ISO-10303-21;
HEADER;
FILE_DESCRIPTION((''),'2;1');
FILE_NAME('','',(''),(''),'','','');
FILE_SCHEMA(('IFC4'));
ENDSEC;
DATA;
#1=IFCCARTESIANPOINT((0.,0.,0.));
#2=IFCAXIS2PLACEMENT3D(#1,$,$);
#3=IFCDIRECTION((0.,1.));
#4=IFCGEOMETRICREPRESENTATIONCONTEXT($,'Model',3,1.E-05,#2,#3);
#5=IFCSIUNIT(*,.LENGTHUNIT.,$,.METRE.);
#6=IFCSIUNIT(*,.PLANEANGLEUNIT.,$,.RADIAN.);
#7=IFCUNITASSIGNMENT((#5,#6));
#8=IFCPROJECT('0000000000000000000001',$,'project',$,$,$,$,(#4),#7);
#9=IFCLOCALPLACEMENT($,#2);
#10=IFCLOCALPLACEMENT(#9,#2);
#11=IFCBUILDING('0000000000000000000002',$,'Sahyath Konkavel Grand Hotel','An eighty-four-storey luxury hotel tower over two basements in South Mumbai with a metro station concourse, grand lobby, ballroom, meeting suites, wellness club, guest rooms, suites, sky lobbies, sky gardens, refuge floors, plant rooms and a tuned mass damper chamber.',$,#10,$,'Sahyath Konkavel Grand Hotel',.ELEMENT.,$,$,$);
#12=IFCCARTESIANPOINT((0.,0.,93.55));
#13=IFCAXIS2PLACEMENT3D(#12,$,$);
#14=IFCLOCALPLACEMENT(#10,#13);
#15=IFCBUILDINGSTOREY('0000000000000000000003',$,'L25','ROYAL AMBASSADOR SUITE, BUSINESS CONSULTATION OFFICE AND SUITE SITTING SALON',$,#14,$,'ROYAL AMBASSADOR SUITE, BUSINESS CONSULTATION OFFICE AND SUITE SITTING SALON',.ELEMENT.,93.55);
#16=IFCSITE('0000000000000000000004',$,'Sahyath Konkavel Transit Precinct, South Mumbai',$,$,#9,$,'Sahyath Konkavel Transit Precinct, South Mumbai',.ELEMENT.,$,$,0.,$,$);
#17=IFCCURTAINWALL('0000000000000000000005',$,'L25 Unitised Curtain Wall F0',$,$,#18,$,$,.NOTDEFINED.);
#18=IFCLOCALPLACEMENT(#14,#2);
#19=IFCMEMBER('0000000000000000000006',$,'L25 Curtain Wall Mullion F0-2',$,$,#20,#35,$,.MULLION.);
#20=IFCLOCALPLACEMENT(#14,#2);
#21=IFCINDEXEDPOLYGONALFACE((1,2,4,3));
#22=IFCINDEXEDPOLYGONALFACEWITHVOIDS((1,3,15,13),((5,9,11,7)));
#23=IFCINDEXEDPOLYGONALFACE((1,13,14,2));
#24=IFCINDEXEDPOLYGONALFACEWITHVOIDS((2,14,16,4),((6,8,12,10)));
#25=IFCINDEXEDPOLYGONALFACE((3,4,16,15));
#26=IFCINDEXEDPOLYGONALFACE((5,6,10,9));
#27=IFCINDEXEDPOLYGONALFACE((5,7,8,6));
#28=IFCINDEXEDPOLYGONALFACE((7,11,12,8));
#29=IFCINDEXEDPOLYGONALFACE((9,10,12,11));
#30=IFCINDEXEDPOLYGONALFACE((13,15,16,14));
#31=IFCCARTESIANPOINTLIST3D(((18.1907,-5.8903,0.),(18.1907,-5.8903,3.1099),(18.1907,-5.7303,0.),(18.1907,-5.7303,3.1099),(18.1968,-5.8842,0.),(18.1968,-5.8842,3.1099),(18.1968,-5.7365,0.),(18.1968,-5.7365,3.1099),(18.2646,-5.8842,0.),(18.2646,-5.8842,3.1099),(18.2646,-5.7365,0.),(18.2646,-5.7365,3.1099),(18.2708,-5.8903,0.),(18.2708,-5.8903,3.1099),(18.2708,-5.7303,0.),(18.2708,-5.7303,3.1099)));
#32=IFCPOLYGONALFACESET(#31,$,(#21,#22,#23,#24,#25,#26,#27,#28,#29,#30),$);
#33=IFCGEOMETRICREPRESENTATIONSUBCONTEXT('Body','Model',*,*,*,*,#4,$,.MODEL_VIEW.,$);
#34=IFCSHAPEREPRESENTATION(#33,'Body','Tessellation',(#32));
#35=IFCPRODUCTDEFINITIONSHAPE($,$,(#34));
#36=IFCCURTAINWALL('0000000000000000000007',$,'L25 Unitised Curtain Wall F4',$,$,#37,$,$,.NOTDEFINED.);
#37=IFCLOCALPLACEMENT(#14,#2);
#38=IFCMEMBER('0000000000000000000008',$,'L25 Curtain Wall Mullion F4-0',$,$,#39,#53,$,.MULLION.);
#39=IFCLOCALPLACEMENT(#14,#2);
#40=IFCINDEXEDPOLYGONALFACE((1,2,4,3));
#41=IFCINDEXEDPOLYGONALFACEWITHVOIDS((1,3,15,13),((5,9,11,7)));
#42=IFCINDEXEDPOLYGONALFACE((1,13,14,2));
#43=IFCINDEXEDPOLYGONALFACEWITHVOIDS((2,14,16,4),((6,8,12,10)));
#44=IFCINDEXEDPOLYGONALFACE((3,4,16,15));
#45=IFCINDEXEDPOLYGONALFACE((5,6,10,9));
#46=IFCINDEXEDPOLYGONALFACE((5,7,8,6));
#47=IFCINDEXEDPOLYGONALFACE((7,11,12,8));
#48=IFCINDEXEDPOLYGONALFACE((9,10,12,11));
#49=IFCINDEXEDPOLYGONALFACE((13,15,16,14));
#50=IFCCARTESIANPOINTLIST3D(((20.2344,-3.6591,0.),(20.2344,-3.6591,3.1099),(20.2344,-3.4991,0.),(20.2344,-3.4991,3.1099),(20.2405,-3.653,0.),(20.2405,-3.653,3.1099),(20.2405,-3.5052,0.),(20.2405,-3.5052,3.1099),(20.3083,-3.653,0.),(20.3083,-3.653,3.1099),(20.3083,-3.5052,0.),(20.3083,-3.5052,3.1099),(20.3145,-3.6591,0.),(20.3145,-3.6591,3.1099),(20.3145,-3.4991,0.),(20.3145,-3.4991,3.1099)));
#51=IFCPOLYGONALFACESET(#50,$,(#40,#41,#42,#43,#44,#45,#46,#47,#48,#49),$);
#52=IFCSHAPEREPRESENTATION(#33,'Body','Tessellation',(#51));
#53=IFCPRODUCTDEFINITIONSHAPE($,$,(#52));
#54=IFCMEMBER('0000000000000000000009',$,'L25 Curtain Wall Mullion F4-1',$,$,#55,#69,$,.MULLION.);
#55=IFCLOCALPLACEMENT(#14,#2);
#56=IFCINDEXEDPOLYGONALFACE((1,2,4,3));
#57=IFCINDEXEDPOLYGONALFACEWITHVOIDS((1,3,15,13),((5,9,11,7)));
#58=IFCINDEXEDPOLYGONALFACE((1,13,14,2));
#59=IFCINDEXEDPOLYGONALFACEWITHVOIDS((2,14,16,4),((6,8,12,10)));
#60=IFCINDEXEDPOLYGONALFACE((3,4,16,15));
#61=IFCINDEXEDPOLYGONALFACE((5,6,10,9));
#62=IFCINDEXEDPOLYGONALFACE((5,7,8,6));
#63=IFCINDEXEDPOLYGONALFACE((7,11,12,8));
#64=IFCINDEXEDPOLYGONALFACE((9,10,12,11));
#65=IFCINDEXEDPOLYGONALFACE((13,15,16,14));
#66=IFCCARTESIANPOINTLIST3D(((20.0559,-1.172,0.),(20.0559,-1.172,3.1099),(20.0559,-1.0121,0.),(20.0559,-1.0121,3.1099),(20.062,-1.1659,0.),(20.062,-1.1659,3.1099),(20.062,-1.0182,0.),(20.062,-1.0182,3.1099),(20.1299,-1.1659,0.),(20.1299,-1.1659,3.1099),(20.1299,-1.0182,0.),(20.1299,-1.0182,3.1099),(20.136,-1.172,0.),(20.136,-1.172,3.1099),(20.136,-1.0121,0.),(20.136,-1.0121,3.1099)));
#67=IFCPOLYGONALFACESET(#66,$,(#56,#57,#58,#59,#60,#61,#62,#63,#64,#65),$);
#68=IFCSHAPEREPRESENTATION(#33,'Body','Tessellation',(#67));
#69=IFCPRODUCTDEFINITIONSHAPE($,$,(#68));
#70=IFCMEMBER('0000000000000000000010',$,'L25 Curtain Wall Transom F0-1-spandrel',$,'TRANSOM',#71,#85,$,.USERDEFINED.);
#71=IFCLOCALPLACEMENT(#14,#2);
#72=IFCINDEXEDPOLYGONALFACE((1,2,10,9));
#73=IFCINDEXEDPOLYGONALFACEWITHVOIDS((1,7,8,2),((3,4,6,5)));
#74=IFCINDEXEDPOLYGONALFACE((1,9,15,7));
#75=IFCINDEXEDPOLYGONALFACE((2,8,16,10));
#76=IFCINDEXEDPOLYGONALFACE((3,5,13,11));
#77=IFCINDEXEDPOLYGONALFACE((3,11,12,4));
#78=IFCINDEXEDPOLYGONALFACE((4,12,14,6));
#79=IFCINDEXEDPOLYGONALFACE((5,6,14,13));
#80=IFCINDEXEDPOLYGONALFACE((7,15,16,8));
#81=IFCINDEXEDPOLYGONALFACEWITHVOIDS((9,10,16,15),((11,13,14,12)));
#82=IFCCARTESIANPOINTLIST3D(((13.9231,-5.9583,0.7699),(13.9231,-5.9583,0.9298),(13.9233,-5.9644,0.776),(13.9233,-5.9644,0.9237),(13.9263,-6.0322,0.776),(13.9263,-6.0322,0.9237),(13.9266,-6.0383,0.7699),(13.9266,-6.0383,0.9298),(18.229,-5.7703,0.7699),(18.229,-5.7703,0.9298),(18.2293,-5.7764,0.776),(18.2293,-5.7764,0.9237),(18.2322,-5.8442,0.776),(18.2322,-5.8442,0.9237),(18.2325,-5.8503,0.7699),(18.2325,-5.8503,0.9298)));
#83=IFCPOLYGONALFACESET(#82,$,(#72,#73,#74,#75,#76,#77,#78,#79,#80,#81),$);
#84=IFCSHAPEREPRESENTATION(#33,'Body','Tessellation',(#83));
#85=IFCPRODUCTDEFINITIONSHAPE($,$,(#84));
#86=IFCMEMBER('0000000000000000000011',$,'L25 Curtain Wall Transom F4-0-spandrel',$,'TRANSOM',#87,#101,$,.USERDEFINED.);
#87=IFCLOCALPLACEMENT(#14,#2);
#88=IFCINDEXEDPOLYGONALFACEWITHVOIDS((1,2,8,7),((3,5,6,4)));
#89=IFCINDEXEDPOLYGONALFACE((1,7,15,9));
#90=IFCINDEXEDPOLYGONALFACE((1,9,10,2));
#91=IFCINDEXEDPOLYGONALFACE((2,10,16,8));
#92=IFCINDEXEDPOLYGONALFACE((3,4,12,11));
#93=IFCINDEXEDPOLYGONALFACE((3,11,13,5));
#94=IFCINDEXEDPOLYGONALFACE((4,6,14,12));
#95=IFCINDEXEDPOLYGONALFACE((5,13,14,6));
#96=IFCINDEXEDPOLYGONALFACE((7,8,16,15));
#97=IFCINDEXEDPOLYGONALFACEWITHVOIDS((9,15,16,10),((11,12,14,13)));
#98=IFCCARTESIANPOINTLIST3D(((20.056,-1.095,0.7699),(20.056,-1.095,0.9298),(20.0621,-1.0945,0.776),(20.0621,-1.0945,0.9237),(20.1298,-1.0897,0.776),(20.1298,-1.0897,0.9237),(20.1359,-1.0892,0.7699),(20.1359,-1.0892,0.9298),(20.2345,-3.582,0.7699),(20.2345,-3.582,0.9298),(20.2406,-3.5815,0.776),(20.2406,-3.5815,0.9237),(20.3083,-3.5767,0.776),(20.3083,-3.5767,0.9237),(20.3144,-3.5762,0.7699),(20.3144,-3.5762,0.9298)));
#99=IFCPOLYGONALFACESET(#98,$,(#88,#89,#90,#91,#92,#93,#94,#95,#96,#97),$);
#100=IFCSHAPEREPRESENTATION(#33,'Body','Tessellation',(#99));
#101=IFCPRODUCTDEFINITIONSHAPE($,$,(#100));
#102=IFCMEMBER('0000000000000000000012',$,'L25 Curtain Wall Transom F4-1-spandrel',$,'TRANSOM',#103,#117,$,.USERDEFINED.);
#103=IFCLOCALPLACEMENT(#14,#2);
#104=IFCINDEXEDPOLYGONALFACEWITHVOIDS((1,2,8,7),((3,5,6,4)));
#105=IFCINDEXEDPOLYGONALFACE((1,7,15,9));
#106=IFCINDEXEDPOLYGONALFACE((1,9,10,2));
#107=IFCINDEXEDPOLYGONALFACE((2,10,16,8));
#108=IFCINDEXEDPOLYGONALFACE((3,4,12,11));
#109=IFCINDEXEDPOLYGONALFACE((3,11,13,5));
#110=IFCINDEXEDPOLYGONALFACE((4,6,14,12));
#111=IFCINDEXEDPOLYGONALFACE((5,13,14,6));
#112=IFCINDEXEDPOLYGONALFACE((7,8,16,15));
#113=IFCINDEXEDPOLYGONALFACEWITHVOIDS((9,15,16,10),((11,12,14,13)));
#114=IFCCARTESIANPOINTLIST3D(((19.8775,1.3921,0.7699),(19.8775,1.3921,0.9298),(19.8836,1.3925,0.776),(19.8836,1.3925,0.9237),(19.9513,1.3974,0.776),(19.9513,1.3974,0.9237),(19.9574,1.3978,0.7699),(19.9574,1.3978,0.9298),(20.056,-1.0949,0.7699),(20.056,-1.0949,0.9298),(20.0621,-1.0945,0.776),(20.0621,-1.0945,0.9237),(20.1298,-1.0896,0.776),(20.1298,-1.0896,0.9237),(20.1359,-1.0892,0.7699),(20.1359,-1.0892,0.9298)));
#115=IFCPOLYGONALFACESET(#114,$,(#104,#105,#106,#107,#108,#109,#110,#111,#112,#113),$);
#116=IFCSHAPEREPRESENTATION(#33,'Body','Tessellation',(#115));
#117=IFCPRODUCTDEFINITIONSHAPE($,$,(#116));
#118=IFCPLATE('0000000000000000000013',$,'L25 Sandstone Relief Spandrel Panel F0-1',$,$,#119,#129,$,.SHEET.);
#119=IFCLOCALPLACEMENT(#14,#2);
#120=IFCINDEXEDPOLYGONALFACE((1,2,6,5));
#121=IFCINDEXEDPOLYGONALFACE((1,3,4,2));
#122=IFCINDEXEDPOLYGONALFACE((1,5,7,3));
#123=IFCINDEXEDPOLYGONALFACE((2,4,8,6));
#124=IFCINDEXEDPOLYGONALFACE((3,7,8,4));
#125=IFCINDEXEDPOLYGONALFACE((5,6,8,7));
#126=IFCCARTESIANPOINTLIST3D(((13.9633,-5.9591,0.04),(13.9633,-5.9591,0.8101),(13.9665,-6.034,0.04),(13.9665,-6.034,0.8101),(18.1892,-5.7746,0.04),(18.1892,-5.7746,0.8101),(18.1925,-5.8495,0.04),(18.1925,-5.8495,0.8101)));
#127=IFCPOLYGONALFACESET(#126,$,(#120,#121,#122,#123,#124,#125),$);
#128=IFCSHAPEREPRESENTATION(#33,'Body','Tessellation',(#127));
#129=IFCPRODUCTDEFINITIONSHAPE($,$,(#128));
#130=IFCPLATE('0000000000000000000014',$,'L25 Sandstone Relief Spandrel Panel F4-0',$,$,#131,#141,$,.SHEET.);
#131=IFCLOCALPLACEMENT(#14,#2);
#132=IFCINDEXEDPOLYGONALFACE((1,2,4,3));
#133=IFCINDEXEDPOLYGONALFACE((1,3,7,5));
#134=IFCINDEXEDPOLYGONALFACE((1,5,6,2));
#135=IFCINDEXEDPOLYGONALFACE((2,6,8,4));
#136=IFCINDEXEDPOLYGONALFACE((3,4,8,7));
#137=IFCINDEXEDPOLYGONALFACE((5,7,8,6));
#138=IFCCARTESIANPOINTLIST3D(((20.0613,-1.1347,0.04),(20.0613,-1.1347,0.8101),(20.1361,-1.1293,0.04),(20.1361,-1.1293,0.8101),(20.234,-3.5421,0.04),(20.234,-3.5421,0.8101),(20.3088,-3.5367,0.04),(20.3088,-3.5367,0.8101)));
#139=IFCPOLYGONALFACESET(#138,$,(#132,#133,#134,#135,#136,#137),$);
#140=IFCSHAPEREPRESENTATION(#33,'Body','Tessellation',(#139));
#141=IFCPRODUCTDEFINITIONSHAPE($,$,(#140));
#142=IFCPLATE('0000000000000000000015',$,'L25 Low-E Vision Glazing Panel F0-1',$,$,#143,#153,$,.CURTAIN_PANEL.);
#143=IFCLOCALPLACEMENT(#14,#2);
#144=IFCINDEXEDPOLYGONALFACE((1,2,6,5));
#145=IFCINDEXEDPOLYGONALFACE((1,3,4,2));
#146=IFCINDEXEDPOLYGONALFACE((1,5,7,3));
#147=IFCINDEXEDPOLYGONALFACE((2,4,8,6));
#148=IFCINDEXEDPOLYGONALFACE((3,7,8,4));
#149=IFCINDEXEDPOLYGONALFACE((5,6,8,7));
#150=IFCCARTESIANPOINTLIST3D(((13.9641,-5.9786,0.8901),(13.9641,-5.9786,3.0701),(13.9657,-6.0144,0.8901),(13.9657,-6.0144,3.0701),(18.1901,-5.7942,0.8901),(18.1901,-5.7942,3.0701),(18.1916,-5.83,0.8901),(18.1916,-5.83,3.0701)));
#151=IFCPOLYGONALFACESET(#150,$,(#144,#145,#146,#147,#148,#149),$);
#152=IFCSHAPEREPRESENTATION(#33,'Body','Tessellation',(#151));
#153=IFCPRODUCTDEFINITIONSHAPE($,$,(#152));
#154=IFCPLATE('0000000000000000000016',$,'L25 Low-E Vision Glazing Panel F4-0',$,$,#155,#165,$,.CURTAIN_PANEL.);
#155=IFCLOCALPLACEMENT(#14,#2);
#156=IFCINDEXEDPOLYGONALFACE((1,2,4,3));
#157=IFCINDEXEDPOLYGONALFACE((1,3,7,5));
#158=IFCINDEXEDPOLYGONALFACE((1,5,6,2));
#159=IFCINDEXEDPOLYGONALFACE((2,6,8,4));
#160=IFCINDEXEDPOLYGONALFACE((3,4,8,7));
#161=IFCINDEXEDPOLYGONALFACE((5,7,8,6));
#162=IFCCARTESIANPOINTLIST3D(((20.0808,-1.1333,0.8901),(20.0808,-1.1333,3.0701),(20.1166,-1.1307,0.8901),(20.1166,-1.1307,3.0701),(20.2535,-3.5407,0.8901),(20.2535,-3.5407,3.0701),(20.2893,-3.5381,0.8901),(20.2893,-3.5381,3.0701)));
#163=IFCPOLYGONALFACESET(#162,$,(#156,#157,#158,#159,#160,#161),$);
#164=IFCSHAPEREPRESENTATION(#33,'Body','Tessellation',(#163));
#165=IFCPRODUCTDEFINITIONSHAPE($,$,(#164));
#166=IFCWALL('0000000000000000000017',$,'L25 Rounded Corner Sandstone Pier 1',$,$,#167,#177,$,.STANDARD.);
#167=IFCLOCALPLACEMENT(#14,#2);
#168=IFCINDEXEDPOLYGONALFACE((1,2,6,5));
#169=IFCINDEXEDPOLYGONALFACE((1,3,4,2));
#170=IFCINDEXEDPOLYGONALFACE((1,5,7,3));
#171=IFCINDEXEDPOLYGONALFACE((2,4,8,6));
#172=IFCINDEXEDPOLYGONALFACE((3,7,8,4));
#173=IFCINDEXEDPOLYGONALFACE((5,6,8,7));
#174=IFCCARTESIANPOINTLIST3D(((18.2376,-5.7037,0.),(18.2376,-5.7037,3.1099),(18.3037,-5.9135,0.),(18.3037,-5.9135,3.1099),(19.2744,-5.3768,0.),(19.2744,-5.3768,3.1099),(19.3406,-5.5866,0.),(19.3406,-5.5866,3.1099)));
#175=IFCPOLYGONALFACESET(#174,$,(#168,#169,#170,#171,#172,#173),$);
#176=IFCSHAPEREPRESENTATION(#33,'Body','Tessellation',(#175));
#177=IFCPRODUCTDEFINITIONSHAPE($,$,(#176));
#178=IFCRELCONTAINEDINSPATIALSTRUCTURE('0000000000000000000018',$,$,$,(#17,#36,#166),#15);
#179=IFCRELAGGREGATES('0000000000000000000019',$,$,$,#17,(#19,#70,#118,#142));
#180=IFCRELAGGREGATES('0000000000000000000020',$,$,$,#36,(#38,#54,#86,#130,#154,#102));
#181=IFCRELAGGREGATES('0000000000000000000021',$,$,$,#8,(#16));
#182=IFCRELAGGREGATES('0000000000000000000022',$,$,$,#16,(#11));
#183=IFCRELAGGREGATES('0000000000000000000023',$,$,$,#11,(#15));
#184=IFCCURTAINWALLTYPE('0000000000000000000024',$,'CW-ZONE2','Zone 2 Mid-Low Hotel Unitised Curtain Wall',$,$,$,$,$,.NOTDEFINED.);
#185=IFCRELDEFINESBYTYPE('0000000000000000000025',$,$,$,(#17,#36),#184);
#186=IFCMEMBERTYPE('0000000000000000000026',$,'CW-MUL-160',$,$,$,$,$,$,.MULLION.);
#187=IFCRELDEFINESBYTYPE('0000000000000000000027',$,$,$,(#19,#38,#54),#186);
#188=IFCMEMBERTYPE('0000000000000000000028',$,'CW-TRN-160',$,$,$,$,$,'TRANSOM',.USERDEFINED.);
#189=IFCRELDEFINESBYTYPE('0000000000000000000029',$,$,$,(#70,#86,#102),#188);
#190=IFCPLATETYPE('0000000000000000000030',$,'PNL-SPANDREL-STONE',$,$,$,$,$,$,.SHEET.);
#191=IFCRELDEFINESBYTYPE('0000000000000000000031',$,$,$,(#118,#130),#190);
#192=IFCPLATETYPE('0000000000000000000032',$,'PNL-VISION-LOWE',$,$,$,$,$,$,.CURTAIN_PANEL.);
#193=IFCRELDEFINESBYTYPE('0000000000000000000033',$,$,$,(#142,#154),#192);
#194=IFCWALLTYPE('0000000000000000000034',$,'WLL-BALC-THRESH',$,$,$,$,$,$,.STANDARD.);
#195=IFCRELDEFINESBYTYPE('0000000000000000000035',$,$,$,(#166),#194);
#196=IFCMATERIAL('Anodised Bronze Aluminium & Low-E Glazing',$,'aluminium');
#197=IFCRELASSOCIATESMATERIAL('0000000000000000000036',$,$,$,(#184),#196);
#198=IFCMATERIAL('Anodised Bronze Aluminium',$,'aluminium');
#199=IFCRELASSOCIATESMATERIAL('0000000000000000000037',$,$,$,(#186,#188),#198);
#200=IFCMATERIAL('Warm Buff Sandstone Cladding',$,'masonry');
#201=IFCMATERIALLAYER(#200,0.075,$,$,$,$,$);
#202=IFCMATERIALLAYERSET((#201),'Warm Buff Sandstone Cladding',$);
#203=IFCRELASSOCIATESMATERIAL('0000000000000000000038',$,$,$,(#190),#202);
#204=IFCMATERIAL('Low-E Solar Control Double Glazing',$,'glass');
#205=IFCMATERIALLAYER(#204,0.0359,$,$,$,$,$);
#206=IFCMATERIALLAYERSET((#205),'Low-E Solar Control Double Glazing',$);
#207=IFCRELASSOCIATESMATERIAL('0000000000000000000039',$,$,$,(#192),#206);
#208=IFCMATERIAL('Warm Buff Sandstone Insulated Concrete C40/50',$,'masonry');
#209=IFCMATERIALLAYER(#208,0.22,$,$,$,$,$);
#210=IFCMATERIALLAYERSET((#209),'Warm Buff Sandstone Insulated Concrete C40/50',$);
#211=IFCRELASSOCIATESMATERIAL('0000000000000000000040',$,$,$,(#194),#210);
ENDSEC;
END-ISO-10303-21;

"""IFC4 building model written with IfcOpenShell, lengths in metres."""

from ifc_helpers import new_model, si_unit, direction, frame, frame_2d, origin, origin_2d, place, context, subcontext, project, spatial, rectangle, hollow_rectangle, extrude, source, transform, mapped, material, layer, layer_set, material_profile, profile_set, type_object, element, aggregate, save


model = new_model("IFC4")

# Units and contexts
model_context = context("Model", 3, precision=1e-05, world=origin(), true_north=direction((0.0, 1.0)))
body_context = subcontext(model_context, "Body", "Model", "MODEL_VIEW")
ifc_project = project(units=[si_unit("LENGTHUNIT", "METRE"), si_unit("PLANEANGLEUNIT", "RADIAN")], contexts=[model_context])

# Site, building, storey
site_placement = place(None, origin())
site = spatial("IfcSite", under=ifc_project, at=site_placement, Name="Sahyath Konkavel Transit Precinct, South Mumbai", LongName="Sahyath Konkavel Transit Precinct, South Mumbai", CompositionType="ELEMENT", RefElevation=0.0)
building_placement = place(site_placement, origin())
building = spatial("IfcBuilding", under=site, at=building_placement, Name="Sahyath Konkavel Grand Hotel", Description="An eighty-four-storey luxury hotel tower over two basements in South Mumbai with a metro station concourse, grand lobby, ballroom, meeting suites, wellness club, guest rooms, suites, sky lobbies, sky gardens, refuge floors, plant rooms and a tuned mass damper chamber.", LongName="Sahyath Konkavel Grand Hotel", CompositionType="ELEMENT")
storey_placement = place(building_placement, frame((0.0, 0.0, 93.55)))
storey = spatial("IfcBuildingStorey", under=building, at=storey_placement, Name="L25", Description="ROYAL AMBASSADOR SUITE, BUSINESS CONSULTATION OFFICE AND SUITE SITTING SALON", LongName="ROYAL AMBASSADOR SUITE, BUSINESS CONSULTATION OFFICE AND SUITE SITTING SALON", CompositionType="ELEMENT", Elevation=93.55)

# Curtain walls, members
ifc_material_1 = material(Name="Anodised Bronze Aluminium & Low-E Glazing", Category="aluminium")
curtain_wall_type = type_object("IfcCurtainWallType", Name="CW-ZONE2", Description="Zone 2 Mid-Low Hotel Unitised Curtain Wall", PredefinedType="NOTDEFINED", material=ifc_material_1)
curtain_wall_1_placement = place(storey_placement, origin())
curtain_wall_1 = element("IfcCurtainWall", 1, at=curtain_wall_1_placement, inside=storey, type_object=curtain_wall_type, Name="L25 Unitised Curtain Wall F0", PredefinedType="NOTDEFINED")
ifc_material_2 = material(Name="Anodised Bronze Aluminium", Category="aluminium")
ifc_material_profile_1 = material_profile(ifc_material_2, hollow_rectangle(XDim=0.0801, YDim=0.1599, WallThickness=0.0061, at=origin_2d()), Name="RHS 160x80x6")
ifc_profile_set_1 = profile_set([ifc_material_profile_1], Name="Anodised Bronze Aluminium")
member_type_1 = type_object("IfcMemberType", Name="CW-MUL-160", PredefinedType="MULLION", material=ifc_profile_set_1)
shared_shape_1 = source(origin(), body_context, "Body", "SweptSolid", [
    extrude(hollow_rectangle(XDim=0.0801, YDim=0.1599, WallThickness=0.0061, at=origin_2d()), origin(), (0.0, 0.0, 1.0), 3.1099),
])
member_1_placement = place(storey_placement, frame((18.2307, -5.8103, 0.0), z_axis=(0.0, 0.0, 1.0), x_axis=(1.0, 0.0, 0.0)))
member_1 = element("IfcMember", 2, at=member_1_placement, type_object=member_type_1, Name="L25 Curtain Wall Mullion F0-2", PredefinedType="MULLION", context=body_context, shape_type="MappedRepresentation", body=[
    mapped(shared_shape_1, transform((0.0, 0.0, 0.0), scale=1.0)),
])
curtain_wall_2_placement = place(storey_placement, origin())
curtain_wall_2 = element("IfcCurtainWall", 3, at=curtain_wall_2_placement, inside=storey, type_object=curtain_wall_type, Name="L25 Unitised Curtain Wall F4", PredefinedType="NOTDEFINED")
member_2_placement = place(storey_placement, frame((20.2744, -3.5791, 0.0), z_axis=(0.0, 0.0, 1.0), x_axis=(1.0, 0.0, 0.0)))
member_2 = element("IfcMember", 4, at=member_2_placement, type_object=member_type_1, Name="L25 Curtain Wall Mullion F4-0", PredefinedType="MULLION", context=body_context, shape_type="MappedRepresentation", body=[
    mapped(shared_shape_1, transform((0.0, 0.0, 0.0), scale=1.0)),
])
member_3_placement = place(storey_placement, frame((20.0959, -1.092, 0.0), z_axis=(0.0, 0.0, 1.0), x_axis=(1.0, 0.0, 0.0)))
member_3 = element("IfcMember", 5, at=member_3_placement, type_object=member_type_1, Name="L25 Curtain Wall Mullion F4-1", PredefinedType="MULLION", context=body_context, shape_type="MappedRepresentation", body=[
    mapped(shared_shape_1, transform((0.0, 0.0, 0.0), scale=1.0)),
])

# Members
ifc_material_profile_2 = material_profile(ifc_material_2, hollow_rectangle(XDim=0.0801, YDim=0.1599, WallThickness=0.0061, at=origin_2d()), Name="RHS 160x80x6")
ifc_profile_set_2 = profile_set([ifc_material_profile_2], Name="Anodised Bronze Aluminium")
member_type_2 = type_object("IfcMemberType", Name="CW-TRN-160", ElementType="TRANSOM", PredefinedType="USERDEFINED", material=ifc_profile_set_2)
shared_shape_2 = source(origin(), body_context, "Body", "SweptSolid", [
    extrude(hollow_rectangle(XDim=0.0801, YDim=0.1599, WallThickness=0.0061, at=origin_2d()), origin(), (0.0, 0.0, 1.0), 4.3101),
])
member_4_placement = place(storey_placement, frame((13.9248, -5.9983, 0.8499), z_axis=(0.999048, 0.043617, 0.0), x_axis=(-0.043617, 0.999048, 0.0)))
member_4 = element("IfcMember", 6, at=member_4_placement, type_object=member_type_2, Name="L25 Curtain Wall Transom F0-1-spandrel", ObjectType="TRANSOM", PredefinedType="USERDEFINED", context=body_context, shape_type="MappedRepresentation", body=[
    mapped(shared_shape_2, transform((0.0, 0.0, 0.0), scale=1.0)),
])
shared_shape_3 = source(origin(), body_context, "Body", "SweptSolid", [
    extrude(hollow_rectangle(XDim=0.0801, YDim=0.1599, WallThickness=0.0061, at=origin_2d()), origin(), (0.0, 0.0, 1.0), 2.4934),
])
member_5_placement = place(storey_placement, frame((20.2744, -3.5791, 0.8499), z_axis=(-0.071574, 0.997435, 0.0), x_axis=(-0.997435, -0.071574, 0.0)))
member_5 = element("IfcMember", 7, at=member_5_placement, type_object=member_type_2, Name="L25 Curtain Wall Transom F4-0-spandrel", ObjectType="TRANSOM", PredefinedType="USERDEFINED", context=body_context, shape_type="MappedRepresentation", body=[
    mapped(shared_shape_3, transform((0.0, 0.0, 0.0), scale=1.0)),
])
member_6_placement = place(storey_placement, frame((20.0959, -1.092, 0.8499), z_axis=(-0.071574, 0.997435, 0.0), x_axis=(-0.997435, -0.071574, 0.0)))
member_6 = element("IfcMember", 8, at=member_6_placement, type_object=member_type_2, Name="L25 Curtain Wall Transom F4-1-spandrel", ObjectType="TRANSOM", PredefinedType="USERDEFINED", context=body_context, shape_type="MappedRepresentation", body=[
    mapped(shared_shape_3, transform((0.0, 0.0, 0.0), scale=1.0)),
])

# Plates
ifc_material_3 = material(Name="Warm Buff Sandstone Cladding", Category="masonry")
ifc_layer_1 = layer(ifc_material_3, 0.075)
ifc_layer_set_1 = layer_set([ifc_layer_1], Name="Warm Buff Sandstone Cladding")
plate_type_1 = type_object("IfcPlateType", Name="PNL-SPANDREL-STONE", PredefinedType="SHEET", material=ifc_layer_set_1)
shared_shape_4 = source(origin(), body_context, "Body", "SweptSolid", [
    extrude(rectangle(XDim=4.23, YDim=0.075, at=origin_2d()), origin(), (0.0, 0.0, 1.0), 0.77),
])
plate_1_placement = place(storey_placement, frame((16.0779, -5.9043, 0.04), z_axis=(0.0, 0.0, 1.0), x_axis=(0.999049, 0.043602, 0.0)))
plate_1 = element("IfcPlate", 9, at=plate_1_placement, type_object=plate_type_1, Name="L25 Sandstone Relief Spandrel Panel F0-1", PredefinedType="SHEET", context=body_context, shape_type="MappedRepresentation", body=[
    mapped(shared_shape_4, transform((0.0, 0.0, 0.0), scale=1.0)),
])
shared_shape_5 = source(origin(), body_context, "Body", "SweptSolid", [
    extrude(rectangle(XDim=2.4136, YDim=0.075, at=origin_2d()), origin(), (0.0, 0.0, 1.0), 0.77),
])
plate_2_placement = place(storey_placement, frame((20.1851, -2.3357, 0.04), z_axis=(0.0, 0.0, 1.0), x_axis=(-0.071567, 0.997436, 0.0)))
plate_2 = element("IfcPlate", 10, at=plate_2_placement, type_object=plate_type_1, Name="L25 Sandstone Relief Spandrel Panel F4-0", PredefinedType="SHEET", context=body_context, shape_type="MappedRepresentation", body=[
    mapped(shared_shape_5, transform((0.0, 0.0, 0.0), scale=1.0)),
])
ifc_material_4 = material(Name="Low-E Solar Control Double Glazing", Category="glass")
ifc_layer_2 = layer(ifc_material_4, 0.0359)
ifc_layer_set_2 = layer_set([ifc_layer_2], Name="Low-E Solar Control Double Glazing")
plate_type_2 = type_object("IfcPlateType", Name="PNL-VISION-LOWE", PredefinedType="CURTAIN_PANEL", material=ifc_layer_set_2)
shared_shape_6 = source(origin(), body_context, "Body", "SweptSolid", [
    extrude(rectangle(XDim=4.23, YDim=0.0359, at=origin_2d()), origin(), (0.0, 0.0, 1.0), 2.1799),
])
plate_3_placement = place(storey_placement, frame((16.0779, -5.9043, 0.8901), z_axis=(0.0, 0.0, 1.0), x_axis=(0.999049, 0.043602, 0.0)))
plate_3 = element("IfcPlate", 11, at=plate_3_placement, type_object=plate_type_2, Name="L25 Low-E Vision Glazing Panel F0-1", PredefinedType="CURTAIN_PANEL", context=body_context, shape_type="MappedRepresentation", body=[
    mapped(shared_shape_6, transform((0.0, 0.0, 0.0), scale=1.0)),
])
aggregate(curtain_wall_1, [member_1, member_4, plate_1, plate_3])
shared_shape_7 = source(origin(), body_context, "Body", "SweptSolid", [
    extrude(rectangle(XDim=2.4136, YDim=0.0359, at=origin_2d()), origin(), (0.0, 0.0, 1.0), 2.1799),
])
plate_4_placement = place(storey_placement, frame((20.1851, -2.3357, 0.8901), z_axis=(0.0, 0.0, 1.0), x_axis=(-0.071567, 0.997436, 0.0)))
plate_4 = element("IfcPlate", 12, at=plate_4_placement, type_object=plate_type_2, Name="L25 Low-E Vision Glazing Panel F4-0", PredefinedType="CURTAIN_PANEL", context=body_context, shape_type="MappedRepresentation", body=[
    mapped(shared_shape_7, transform((0.0, 0.0, 0.0), scale=1.0)),
])
aggregate(curtain_wall_2, [member_2, member_3, member_5, plate_2, plate_4, member_6])

# Wall
ifc_material_5 = material(Name="Warm Buff Sandstone Insulated Concrete C40/50", Category="masonry")
ifc_layer_3 = layer(ifc_material_5, 0.22)
ifc_layer_set_3 = layer_set([ifc_layer_3], Name="Warm Buff Sandstone Insulated Concrete C40/50")
wall_type_1 = type_object("IfcWallType", Name="WLL-BALC-THRESH", PredefinedType="STANDARD", material=ifc_layer_set_3)
for number, where, z_axis, x_axis, name in (
    (13, (18.2708, -5.8086, 0.0), (0.0, 0.0, 1.0), (0.953722, 0.300691, 0.0), "L25 Rounded Corner Sandstone Pier 1"),
):
    element("IfcWall", number, at=place(storey_placement, frame(where, z_axis=z_axis, x_axis=x_axis)), inside=storey, type_object=wall_type_1, Name=name, PredefinedType="STANDARD", context=body_context, shape_type="SweptSolid", body=[
        extrude(rectangle(XDim=1.0872, YDim=0.22, at=frame_2d((0.5435, 0.0))), origin(), (0.0, 0.0, 1.0), 3.1099),
    ])

save(model, "model.ifc")
